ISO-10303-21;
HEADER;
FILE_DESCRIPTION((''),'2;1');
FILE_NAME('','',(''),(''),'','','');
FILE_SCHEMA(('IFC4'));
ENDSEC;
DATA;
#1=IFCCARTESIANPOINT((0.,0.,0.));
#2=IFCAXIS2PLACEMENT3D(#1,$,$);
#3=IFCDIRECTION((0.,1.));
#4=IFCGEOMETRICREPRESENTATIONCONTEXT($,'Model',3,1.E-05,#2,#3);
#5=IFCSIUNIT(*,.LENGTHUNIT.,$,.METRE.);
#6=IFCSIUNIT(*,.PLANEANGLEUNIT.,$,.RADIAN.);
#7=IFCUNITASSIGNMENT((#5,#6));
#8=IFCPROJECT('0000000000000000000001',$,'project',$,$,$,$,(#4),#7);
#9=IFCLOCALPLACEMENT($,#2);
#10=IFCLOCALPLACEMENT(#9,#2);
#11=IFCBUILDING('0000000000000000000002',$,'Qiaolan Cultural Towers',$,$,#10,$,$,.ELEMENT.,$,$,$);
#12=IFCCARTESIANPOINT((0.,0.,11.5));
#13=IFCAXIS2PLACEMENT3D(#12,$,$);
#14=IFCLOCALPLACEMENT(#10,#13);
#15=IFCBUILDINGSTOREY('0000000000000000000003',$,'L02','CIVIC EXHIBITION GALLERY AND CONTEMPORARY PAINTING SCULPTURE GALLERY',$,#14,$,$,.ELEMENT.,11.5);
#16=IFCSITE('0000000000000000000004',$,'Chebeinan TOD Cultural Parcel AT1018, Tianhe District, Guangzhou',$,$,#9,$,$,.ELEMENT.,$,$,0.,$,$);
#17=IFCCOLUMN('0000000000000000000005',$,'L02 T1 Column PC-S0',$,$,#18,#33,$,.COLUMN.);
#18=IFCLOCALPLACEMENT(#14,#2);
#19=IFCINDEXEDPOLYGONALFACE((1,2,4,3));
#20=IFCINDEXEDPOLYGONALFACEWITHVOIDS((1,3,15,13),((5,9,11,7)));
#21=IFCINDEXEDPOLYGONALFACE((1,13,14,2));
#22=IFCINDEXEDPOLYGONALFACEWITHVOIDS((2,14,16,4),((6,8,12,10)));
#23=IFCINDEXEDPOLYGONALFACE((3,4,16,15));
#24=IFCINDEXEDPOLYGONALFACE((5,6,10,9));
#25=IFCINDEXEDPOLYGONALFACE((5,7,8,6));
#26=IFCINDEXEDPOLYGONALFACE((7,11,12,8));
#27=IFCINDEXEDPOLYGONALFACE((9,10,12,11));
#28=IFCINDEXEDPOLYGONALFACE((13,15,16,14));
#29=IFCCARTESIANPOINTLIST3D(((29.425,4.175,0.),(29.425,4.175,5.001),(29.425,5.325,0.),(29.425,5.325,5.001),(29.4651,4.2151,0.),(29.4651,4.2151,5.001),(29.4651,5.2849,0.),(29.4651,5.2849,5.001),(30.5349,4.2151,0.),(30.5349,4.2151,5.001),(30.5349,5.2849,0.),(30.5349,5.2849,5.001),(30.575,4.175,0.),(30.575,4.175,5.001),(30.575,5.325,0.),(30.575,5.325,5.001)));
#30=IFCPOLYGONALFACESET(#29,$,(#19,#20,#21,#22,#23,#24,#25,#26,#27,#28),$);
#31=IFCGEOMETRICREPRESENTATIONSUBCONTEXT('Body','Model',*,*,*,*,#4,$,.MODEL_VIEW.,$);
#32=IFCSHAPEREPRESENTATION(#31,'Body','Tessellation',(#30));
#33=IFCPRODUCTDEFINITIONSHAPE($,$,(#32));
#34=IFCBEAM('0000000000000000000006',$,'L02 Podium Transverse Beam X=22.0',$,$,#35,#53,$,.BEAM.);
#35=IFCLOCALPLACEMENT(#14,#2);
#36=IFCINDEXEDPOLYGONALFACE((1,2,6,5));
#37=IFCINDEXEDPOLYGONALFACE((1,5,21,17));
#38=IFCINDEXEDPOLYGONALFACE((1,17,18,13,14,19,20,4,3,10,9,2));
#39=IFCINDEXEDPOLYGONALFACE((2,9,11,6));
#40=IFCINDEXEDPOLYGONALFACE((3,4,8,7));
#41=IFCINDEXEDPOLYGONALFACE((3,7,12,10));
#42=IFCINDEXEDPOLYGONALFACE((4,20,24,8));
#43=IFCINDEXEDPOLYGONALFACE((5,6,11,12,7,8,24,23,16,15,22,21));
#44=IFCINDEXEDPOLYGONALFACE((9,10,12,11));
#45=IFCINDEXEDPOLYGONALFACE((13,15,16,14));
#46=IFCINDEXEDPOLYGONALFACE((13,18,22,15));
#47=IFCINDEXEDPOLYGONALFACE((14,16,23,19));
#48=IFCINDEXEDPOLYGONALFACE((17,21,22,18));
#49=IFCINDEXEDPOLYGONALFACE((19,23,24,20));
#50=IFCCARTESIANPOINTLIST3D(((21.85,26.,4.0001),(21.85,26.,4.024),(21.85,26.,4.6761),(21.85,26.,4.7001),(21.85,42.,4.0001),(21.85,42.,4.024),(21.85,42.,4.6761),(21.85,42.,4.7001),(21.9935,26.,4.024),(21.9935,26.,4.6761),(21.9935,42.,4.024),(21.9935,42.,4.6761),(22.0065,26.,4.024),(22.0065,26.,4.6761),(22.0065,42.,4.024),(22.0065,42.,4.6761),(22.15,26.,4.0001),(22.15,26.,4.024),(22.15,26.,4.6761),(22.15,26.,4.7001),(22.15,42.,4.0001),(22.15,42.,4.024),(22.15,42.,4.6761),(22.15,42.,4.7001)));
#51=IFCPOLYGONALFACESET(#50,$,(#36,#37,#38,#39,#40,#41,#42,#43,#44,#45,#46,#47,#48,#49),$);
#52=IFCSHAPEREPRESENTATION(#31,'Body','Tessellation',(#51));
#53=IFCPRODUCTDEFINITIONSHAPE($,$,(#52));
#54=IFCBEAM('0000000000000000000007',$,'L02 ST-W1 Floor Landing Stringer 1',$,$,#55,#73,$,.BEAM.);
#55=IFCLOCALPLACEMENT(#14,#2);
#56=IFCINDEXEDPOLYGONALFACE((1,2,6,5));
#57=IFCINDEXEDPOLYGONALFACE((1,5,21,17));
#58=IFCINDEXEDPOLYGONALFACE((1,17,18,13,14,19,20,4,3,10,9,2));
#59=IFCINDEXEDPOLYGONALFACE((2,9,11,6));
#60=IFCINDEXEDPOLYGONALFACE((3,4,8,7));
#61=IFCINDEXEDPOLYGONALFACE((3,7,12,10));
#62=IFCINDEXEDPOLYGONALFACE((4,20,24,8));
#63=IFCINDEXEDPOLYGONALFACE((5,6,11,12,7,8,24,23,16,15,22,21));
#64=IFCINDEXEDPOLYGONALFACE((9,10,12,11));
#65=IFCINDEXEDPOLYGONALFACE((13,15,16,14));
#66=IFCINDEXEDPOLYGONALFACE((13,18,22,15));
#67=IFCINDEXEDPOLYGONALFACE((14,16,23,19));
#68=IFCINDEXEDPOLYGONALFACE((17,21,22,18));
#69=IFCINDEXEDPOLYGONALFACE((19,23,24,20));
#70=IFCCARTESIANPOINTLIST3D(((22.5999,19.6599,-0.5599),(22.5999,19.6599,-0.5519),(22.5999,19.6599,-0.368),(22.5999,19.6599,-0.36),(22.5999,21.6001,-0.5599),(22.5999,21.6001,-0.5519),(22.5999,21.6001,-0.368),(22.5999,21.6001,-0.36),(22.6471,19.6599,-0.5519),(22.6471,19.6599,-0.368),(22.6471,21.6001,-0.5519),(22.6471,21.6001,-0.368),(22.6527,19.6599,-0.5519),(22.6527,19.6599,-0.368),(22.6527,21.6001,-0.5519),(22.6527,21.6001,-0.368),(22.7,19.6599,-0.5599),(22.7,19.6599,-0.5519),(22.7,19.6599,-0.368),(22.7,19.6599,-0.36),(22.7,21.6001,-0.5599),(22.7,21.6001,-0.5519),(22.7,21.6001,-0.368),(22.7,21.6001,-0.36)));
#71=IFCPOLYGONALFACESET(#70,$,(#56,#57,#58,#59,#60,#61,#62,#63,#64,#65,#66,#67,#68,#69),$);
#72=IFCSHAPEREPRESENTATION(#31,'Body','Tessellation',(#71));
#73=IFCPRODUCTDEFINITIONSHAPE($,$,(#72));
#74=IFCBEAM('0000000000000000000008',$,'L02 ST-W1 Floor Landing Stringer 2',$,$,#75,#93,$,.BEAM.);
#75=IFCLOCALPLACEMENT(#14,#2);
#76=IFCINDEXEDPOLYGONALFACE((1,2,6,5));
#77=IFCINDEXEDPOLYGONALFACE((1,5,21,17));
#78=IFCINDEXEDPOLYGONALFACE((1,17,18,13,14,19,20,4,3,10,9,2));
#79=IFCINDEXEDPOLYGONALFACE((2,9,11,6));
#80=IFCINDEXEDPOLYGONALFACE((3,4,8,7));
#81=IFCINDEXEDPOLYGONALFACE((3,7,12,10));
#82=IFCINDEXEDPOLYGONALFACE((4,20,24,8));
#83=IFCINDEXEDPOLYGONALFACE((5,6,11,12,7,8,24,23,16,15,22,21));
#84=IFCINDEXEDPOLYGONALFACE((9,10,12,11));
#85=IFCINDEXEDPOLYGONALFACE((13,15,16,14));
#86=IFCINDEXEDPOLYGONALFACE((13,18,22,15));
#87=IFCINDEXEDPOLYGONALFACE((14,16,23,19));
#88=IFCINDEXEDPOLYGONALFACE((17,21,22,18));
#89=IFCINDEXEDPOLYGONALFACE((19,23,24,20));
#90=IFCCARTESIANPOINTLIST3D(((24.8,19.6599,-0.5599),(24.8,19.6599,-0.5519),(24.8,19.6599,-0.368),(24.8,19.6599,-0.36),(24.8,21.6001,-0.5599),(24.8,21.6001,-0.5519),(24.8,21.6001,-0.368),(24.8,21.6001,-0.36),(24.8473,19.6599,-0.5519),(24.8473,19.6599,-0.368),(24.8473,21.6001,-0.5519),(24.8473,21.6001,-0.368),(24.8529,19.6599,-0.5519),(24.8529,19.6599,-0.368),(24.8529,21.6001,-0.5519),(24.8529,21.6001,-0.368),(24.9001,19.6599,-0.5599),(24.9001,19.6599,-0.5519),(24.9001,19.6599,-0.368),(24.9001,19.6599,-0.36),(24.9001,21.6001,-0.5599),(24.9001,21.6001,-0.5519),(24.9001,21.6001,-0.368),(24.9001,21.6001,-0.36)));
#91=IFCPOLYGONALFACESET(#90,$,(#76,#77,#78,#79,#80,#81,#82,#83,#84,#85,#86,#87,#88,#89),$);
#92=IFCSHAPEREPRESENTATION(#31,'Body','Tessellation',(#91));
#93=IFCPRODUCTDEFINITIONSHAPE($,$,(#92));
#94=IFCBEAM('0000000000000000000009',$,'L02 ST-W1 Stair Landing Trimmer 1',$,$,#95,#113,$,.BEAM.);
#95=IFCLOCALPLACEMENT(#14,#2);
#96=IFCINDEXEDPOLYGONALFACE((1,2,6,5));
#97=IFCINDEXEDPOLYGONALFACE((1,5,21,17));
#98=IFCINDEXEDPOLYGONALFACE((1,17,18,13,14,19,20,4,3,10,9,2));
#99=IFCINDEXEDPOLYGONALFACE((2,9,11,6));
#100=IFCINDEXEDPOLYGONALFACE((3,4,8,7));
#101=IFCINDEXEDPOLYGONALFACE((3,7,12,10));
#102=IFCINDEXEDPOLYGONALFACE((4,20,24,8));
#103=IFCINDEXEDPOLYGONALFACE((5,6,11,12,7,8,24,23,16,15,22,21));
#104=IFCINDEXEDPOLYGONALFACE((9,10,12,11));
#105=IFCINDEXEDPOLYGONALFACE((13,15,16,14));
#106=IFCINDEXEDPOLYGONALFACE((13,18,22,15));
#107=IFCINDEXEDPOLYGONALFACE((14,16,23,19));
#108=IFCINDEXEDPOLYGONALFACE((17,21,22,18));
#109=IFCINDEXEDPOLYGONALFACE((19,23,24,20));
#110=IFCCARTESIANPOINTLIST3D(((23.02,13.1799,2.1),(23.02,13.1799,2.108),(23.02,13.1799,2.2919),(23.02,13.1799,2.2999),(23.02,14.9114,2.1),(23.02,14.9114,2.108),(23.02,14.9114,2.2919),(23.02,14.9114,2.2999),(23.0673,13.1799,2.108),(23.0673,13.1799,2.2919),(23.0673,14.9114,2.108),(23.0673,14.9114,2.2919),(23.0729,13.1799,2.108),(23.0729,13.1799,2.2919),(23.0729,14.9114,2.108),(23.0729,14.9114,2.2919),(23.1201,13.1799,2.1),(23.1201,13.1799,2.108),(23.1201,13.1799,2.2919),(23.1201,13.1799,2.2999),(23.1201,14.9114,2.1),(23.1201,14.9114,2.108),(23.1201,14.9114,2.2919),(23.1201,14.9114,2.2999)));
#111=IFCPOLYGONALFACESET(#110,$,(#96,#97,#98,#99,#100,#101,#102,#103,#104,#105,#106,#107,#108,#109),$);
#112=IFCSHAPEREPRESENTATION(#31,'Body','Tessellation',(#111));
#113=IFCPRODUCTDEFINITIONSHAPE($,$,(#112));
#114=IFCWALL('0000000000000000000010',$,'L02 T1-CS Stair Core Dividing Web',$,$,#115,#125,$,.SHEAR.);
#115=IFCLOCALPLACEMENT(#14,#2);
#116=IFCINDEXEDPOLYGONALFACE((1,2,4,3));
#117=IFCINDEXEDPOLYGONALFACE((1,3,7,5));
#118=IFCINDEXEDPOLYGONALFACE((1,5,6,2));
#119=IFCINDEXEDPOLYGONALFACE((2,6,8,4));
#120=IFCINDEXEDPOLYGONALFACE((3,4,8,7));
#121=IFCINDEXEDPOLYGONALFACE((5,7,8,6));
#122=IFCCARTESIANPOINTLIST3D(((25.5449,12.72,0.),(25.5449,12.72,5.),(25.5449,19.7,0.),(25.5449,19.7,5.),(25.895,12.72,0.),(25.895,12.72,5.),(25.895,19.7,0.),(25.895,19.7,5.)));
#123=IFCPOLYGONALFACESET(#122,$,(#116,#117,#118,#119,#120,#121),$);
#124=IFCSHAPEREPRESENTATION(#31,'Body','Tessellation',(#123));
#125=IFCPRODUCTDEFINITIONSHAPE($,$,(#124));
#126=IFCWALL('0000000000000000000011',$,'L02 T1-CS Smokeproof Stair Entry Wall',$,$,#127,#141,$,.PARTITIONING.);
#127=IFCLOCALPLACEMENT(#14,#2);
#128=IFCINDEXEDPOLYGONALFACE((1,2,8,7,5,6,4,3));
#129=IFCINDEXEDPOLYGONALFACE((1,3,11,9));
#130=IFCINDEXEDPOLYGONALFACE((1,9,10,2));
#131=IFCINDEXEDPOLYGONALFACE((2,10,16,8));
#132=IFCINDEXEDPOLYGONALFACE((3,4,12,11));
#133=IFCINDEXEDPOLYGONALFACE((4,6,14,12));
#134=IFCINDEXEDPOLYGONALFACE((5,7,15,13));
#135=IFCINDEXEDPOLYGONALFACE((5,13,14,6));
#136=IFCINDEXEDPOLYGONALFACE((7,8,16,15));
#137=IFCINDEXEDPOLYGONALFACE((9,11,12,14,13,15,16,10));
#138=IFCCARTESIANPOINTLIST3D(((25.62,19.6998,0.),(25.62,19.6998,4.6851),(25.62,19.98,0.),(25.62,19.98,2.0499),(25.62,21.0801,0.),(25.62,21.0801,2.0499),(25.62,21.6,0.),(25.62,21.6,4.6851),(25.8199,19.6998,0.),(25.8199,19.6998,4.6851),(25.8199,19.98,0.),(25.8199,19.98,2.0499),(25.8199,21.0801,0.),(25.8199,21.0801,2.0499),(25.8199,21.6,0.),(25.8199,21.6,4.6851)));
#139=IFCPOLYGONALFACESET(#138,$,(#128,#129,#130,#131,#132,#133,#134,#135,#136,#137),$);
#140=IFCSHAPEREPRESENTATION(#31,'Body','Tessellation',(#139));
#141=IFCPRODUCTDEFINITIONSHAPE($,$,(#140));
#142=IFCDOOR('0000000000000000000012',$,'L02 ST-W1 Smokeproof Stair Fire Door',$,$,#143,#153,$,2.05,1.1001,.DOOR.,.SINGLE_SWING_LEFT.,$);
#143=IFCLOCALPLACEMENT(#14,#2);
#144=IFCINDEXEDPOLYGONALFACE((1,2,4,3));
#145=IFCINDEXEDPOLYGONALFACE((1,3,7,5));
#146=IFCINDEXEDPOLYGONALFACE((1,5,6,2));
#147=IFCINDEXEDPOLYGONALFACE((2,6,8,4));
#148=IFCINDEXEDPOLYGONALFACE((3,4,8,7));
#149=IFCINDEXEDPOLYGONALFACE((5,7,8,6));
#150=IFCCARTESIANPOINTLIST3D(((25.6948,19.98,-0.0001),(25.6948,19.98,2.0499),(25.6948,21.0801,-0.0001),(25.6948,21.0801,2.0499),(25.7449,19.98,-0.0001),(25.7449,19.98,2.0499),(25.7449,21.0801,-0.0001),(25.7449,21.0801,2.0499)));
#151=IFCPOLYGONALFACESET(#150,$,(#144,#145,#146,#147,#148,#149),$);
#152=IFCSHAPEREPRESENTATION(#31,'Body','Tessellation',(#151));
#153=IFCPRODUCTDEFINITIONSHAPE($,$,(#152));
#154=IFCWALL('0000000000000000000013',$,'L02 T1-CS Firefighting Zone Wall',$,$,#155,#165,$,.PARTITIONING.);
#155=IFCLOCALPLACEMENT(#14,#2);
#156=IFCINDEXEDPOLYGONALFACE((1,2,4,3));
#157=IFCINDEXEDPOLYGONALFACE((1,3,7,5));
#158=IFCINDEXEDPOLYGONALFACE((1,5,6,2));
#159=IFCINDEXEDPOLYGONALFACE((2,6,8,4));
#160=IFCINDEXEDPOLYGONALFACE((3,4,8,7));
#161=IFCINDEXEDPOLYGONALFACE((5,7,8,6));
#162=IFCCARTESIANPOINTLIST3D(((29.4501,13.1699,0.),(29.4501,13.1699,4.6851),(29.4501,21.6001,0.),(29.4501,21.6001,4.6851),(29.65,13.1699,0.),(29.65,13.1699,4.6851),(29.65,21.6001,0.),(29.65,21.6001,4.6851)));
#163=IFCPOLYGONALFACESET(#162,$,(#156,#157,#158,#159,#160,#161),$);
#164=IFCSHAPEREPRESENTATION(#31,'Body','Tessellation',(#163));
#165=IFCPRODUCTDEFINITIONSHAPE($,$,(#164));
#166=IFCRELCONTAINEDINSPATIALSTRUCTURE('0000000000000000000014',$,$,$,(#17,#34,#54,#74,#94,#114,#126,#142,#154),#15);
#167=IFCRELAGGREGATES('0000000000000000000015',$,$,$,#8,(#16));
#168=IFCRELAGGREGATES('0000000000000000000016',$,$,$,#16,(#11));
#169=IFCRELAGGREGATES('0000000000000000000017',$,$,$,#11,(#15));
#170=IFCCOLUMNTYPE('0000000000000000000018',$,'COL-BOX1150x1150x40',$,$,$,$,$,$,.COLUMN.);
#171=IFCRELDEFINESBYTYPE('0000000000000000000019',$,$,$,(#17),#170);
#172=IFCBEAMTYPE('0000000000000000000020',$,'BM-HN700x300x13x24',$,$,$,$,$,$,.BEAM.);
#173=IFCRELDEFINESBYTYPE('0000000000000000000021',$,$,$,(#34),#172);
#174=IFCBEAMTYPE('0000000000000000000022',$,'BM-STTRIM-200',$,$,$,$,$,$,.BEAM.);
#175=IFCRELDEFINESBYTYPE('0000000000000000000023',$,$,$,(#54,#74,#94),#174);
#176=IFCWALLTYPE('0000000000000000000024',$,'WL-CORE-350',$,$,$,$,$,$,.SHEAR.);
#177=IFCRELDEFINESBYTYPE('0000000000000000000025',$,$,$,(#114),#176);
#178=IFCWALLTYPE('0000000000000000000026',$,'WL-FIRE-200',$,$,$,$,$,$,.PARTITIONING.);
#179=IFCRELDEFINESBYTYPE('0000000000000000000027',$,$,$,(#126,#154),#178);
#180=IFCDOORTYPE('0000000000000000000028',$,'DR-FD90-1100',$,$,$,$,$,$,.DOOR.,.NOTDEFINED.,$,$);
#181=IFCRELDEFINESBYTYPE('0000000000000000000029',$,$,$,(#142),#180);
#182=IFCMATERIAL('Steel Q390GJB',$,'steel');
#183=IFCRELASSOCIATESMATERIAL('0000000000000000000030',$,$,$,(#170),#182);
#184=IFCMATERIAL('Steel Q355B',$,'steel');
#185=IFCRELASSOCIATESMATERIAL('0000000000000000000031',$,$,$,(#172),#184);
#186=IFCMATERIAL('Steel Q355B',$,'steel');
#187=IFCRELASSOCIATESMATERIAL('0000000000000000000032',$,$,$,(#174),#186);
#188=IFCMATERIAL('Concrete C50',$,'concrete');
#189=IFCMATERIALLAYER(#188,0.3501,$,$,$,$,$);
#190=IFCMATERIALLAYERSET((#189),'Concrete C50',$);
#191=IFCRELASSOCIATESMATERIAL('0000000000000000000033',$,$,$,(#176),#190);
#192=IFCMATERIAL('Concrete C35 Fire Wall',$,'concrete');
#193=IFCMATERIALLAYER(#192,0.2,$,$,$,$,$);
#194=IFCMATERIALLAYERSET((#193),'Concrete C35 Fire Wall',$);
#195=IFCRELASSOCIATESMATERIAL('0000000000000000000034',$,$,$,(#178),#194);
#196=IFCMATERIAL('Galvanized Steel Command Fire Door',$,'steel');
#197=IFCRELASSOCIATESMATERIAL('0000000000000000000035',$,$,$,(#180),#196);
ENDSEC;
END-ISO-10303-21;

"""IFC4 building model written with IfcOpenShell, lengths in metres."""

from ifc_helpers import new_model, si_unit, direction, frame, frame_2d, origin, origin_2d, place, context, subcontext, project, spatial, rectangle, hollow_rectangle, i_section, extrude, material, layer, layer_set, material_profile, profile_set, type_object, element, fill, save


model = new_model("IFC4")

# Units and contexts
model_context = context("Model", 3, precision=1e-05, world=origin(), true_north=direction((0.0, 1.0)))
body_context = subcontext(model_context, "Body", "Model", "MODEL_VIEW")
ifc_project = project(units=[si_unit("LENGTHUNIT", "METRE"), si_unit("PLANEANGLEUNIT", "RADIAN")], contexts=[model_context])

# Site, building, storey
site_placement = place(None, origin())
site = spatial("IfcSite", under=ifc_project, at=site_placement, Name="Chebeinan TOD Cultural Parcel AT1018, Tianhe District, Guangzhou", CompositionType="ELEMENT", RefElevation=0.0)
building_placement = place(site_placement, origin())
building = spatial("IfcBuilding", under=site, at=building_placement, Name="Qiaolan Cultural Towers", CompositionType="ELEMENT")
storey_placement = place(building_placement, frame((0.0, 0.0, 11.5)))
storey = spatial("IfcBuildingStorey", under=building, at=storey_placement, Name="L02", Description="CIVIC EXHIBITION GALLERY AND CONTEMPORARY PAINTING SCULPTURE GALLERY", CompositionType="ELEMENT", Elevation=11.5)

# Column
ifc_material_1 = material(Name="Steel Q390GJB", Category="steel")
ifc_material_profile_1 = material_profile(ifc_material_1, hollow_rectangle(XDim=1.1499, YDim=1.1499, WallThickness=0.04, at=origin_2d()), Name="BOX1150x1150x40")
ifc_profile_set_1 = profile_set([ifc_material_profile_1], Name="Steel Q390GJB")
column_type = type_object("IfcColumnType", Name="COL-BOX1150x1150x40", PredefinedType="COLUMN", material=ifc_profile_set_1)
column_placement = place(storey_placement, frame((30.0, 4.75, 0.0), z_axis=(0.0, 0.0, 1.0), x_axis=(1.0, 0.0, 0.0)))
element("IfcColumn", 1, at=column_placement, inside=storey, type_object=column_type, Name="L02 T1 Column PC-S0", PredefinedType="COLUMN", context=body_context, shape_type="SweptSolid", body=[
    extrude(hollow_rectangle(XDim=1.1499, YDim=1.1499, WallThickness=0.04, at=origin_2d()), origin(), (0.0, 0.0, 1.0), 5.001),
])

# Beams
ifc_material_2 = material(Name="Steel Q355B", Category="steel")
ifc_material_profile_2 = material_profile(ifc_material_2, i_section(OverallWidth=0.3, OverallDepth=0.7, WebThickness=0.0129, FlangeThickness=0.0239, at=origin_2d()), Name="HN700x300x13x24")
ifc_profile_set_2 = profile_set([ifc_material_profile_2], Name="Steel Q355B")
beam_type_1 = type_object("IfcBeamType", Name="BM-HN700x300x13x24", PredefinedType="BEAM", material=ifc_profile_set_2)
beam_1_placement = place(storey_placement, frame((22.0, 26.0, 4.3501), z_axis=(0.0, 1.0, 0.0), x_axis=(-1.0, 0.0, 0.0)))
element("IfcBeam", 2, at=beam_1_placement, inside=storey, type_object=beam_type_1, Name="L02 Podium Transverse Beam X=22.0", PredefinedType="BEAM", context=body_context, shape_type="SweptSolid", body=[
    extrude(i_section(OverallWidth=0.3, OverallDepth=0.7, WebThickness=0.0129, FlangeThickness=0.0239, at=origin_2d()), origin(), (0.0, 0.0, 1.0), 16.0),
])
ifc_material_3 = material(Name="Steel Q355B", Category="steel")
ifc_material_profile_3 = material_profile(ifc_material_3, i_section(OverallWidth=0.1001, OverallDepth=0.2, WebThickness=0.0056, FlangeThickness=0.0081, at=origin_2d()), Name="HN200x100x5.5x8")
ifc_profile_set_3 = profile_set([ifc_material_profile_3], Name="Steel Q355B")
beam_type_2 = type_object("IfcBeamType", Name="BM-STTRIM-200", PredefinedType="BEAM", material=ifc_profile_set_3)
for number, where, z_axis, x_axis, name in (
    (3, (22.6499, 21.6001, -0.46), (0.0, -1.0, 0.0), (1.0, 0.0, 0.0), "L02 ST-W1 Floor Landing Stringer 1"),
    (4, (24.8501, 21.6001, -0.46), (0.0, -1.0, 0.0), (1.0, 0.0, 0.0), "L02 ST-W1 Floor Landing Stringer 2"),
):
    element("IfcBeam", number, at=place(storey_placement, frame(where, z_axis=z_axis, x_axis=x_axis)), inside=storey, type_object=beam_type_2, Name=name, PredefinedType="BEAM", context=body_context, shape_type="SweptSolid", body=[
        extrude(i_section(OverallWidth=0.1001, OverallDepth=0.2, WebThickness=0.0056, FlangeThickness=0.0081, at=origin_2d()), origin(), (0.0, 0.0, 1.0), 1.9402),
    ])
beam_2_placement = place(storey_placement, frame((23.0701, 14.9114, 2.2), z_axis=(0.0, -1.0, 0.0), x_axis=(1.0, 0.0, 0.0)))
element("IfcBeam", 5, at=beam_2_placement, inside=storey, type_object=beam_type_2, Name="L02 ST-W1 Stair Landing Trimmer 1", PredefinedType="BEAM", context=body_context, shape_type="SweptSolid", body=[
    extrude(i_section(OverallWidth=0.1001, OverallDepth=0.2, WebThickness=0.0056, FlangeThickness=0.0081, at=origin_2d()), origin(), (0.0, 0.0, 1.0), 1.7314),
])

# Wall
ifc_material_4 = material(Name="Concrete C50", Category="concrete")
ifc_layer_1 = layer(ifc_material_4, 0.3501)
ifc_layer_set_1 = layer_set([ifc_layer_1], Name="Concrete C50")
wall_type_1 = type_object("IfcWallType", Name="WL-CORE-350", PredefinedType="SHEAR", material=ifc_layer_set_1)
wall_1_placement = place(storey_placement, frame((25.72, 19.7, 0.0), z_axis=(0.0, 0.0, 1.0), x_axis=(0.0, -1.0, 0.0)))
element("IfcWall", 6, at=wall_1_placement, inside=storey, type_object=wall_type_1, Name="L02 T1-CS Stair Core Dividing Web", PredefinedType="SHEAR", context=body_context, shape_type="SweptSolid", body=[
    extrude(rectangle(XDim=6.98, YDim=0.3501, at=frame_2d((3.49, 0.0))), origin(), (0.0, 0.0, 1.0), 5.0),
])

# Wall, opening, door
ifc_material_5 = material(Name="Concrete C35 Fire Wall", Category="concrete")
ifc_layer_2 = layer(ifc_material_5, 0.2)
ifc_layer_set_2 = layer_set([ifc_layer_2], Name="Concrete C35 Fire Wall")
wall_type_2 = type_object("IfcWallType", Name="WL-FIRE-200", PredefinedType="PARTITIONING", material=ifc_layer_set_2)
wall_2_placement = place(storey_placement, frame((25.72, 21.6001, 0.0), z_axis=(0.0, 0.0, 1.0), x_axis=(0.0, -1.0, 0.0)))
wall_2 = element("IfcWall", 7, at=wall_2_placement, inside=storey, type_object=wall_type_2, Name="L02 T1-CS Smokeproof Stair Entry Wall", PredefinedType="PARTITIONING", context=body_context, shape_type="SweptSolid", body=[
    extrude(rectangle(XDim=1.9001, YDim=0.2, at=frame_2d((0.9502, 0.0))), origin(), (0.0, 0.0, 1.0), 4.6851),
])
opening_1_placement = place(wall_2_placement, frame((0.52, 0.0, 0.0)))
opening_1 = element("IfcOpeningElement", 8, at=opening_1_placement, cuts=wall_2, PredefinedType="OPENING", context=body_context, shape_type="SweptSolid", body=[
    extrude(rectangle(XDim=1.1001, YDim=2.05, at=frame_2d((0.55, 1.0249))), frame((0.0, 0.1099, 0.0), z_axis=(0.0, -1.0, 0.0), x_axis=(1.0, 0.0, 0.0)), (0.0, 0.0, 1.0), 0.22),
])
ifc_material_6 = material(Name="Galvanized Steel Command Fire Door", Category="steel")
door_type_1 = type_object("IfcDoorType", Name="DR-FD90-1100", OperationType="NOTDEFINED", PredefinedType="DOOR", material=ifc_material_6)
door_1_placement = place(opening_1_placement, origin())
door_1 = element("IfcDoor", 9, at=door_1_placement, inside=storey, type_object=door_type_1, Name="L02 ST-W1 Smokeproof Stair Fire Door", OperationType="SINGLE_SWING_LEFT", OverallHeight=2.05, OverallWidth=1.1001, PredefinedType="DOOR", context=body_context, shape_type="SweptSolid", body=[
    extrude(rectangle(XDim=1.1001, YDim=2.05, at=frame_2d((0.55, 1.0249))), frame((0.0, 0.0249, 0.0), z_axis=(0.0, -1.0, 0.0), x_axis=(1.0, 0.0, 0.0)), (0.0, 0.0, 1.0), 0.05),
])
fill(opening_1, door_1)

# Wall
wall_3_placement = place(storey_placement, frame((29.55, 21.6001, 0.0), z_axis=(0.0, 0.0, 1.0), x_axis=(0.0, -1.0, 0.0)))
element("IfcWall", 10, at=wall_3_placement, inside=storey, type_object=wall_type_2, Name="L02 T1-CS Firefighting Zone Wall", PredefinedType="PARTITIONING", context=body_context, shape_type="SweptSolid", body=[
    extrude(rectangle(XDim=8.4302, YDim=0.2, at=frame_2d((4.2151, 0.0))), origin(), (0.0, 0.0, 1.0), 4.6851),
])

save(model, "model.ifc")
